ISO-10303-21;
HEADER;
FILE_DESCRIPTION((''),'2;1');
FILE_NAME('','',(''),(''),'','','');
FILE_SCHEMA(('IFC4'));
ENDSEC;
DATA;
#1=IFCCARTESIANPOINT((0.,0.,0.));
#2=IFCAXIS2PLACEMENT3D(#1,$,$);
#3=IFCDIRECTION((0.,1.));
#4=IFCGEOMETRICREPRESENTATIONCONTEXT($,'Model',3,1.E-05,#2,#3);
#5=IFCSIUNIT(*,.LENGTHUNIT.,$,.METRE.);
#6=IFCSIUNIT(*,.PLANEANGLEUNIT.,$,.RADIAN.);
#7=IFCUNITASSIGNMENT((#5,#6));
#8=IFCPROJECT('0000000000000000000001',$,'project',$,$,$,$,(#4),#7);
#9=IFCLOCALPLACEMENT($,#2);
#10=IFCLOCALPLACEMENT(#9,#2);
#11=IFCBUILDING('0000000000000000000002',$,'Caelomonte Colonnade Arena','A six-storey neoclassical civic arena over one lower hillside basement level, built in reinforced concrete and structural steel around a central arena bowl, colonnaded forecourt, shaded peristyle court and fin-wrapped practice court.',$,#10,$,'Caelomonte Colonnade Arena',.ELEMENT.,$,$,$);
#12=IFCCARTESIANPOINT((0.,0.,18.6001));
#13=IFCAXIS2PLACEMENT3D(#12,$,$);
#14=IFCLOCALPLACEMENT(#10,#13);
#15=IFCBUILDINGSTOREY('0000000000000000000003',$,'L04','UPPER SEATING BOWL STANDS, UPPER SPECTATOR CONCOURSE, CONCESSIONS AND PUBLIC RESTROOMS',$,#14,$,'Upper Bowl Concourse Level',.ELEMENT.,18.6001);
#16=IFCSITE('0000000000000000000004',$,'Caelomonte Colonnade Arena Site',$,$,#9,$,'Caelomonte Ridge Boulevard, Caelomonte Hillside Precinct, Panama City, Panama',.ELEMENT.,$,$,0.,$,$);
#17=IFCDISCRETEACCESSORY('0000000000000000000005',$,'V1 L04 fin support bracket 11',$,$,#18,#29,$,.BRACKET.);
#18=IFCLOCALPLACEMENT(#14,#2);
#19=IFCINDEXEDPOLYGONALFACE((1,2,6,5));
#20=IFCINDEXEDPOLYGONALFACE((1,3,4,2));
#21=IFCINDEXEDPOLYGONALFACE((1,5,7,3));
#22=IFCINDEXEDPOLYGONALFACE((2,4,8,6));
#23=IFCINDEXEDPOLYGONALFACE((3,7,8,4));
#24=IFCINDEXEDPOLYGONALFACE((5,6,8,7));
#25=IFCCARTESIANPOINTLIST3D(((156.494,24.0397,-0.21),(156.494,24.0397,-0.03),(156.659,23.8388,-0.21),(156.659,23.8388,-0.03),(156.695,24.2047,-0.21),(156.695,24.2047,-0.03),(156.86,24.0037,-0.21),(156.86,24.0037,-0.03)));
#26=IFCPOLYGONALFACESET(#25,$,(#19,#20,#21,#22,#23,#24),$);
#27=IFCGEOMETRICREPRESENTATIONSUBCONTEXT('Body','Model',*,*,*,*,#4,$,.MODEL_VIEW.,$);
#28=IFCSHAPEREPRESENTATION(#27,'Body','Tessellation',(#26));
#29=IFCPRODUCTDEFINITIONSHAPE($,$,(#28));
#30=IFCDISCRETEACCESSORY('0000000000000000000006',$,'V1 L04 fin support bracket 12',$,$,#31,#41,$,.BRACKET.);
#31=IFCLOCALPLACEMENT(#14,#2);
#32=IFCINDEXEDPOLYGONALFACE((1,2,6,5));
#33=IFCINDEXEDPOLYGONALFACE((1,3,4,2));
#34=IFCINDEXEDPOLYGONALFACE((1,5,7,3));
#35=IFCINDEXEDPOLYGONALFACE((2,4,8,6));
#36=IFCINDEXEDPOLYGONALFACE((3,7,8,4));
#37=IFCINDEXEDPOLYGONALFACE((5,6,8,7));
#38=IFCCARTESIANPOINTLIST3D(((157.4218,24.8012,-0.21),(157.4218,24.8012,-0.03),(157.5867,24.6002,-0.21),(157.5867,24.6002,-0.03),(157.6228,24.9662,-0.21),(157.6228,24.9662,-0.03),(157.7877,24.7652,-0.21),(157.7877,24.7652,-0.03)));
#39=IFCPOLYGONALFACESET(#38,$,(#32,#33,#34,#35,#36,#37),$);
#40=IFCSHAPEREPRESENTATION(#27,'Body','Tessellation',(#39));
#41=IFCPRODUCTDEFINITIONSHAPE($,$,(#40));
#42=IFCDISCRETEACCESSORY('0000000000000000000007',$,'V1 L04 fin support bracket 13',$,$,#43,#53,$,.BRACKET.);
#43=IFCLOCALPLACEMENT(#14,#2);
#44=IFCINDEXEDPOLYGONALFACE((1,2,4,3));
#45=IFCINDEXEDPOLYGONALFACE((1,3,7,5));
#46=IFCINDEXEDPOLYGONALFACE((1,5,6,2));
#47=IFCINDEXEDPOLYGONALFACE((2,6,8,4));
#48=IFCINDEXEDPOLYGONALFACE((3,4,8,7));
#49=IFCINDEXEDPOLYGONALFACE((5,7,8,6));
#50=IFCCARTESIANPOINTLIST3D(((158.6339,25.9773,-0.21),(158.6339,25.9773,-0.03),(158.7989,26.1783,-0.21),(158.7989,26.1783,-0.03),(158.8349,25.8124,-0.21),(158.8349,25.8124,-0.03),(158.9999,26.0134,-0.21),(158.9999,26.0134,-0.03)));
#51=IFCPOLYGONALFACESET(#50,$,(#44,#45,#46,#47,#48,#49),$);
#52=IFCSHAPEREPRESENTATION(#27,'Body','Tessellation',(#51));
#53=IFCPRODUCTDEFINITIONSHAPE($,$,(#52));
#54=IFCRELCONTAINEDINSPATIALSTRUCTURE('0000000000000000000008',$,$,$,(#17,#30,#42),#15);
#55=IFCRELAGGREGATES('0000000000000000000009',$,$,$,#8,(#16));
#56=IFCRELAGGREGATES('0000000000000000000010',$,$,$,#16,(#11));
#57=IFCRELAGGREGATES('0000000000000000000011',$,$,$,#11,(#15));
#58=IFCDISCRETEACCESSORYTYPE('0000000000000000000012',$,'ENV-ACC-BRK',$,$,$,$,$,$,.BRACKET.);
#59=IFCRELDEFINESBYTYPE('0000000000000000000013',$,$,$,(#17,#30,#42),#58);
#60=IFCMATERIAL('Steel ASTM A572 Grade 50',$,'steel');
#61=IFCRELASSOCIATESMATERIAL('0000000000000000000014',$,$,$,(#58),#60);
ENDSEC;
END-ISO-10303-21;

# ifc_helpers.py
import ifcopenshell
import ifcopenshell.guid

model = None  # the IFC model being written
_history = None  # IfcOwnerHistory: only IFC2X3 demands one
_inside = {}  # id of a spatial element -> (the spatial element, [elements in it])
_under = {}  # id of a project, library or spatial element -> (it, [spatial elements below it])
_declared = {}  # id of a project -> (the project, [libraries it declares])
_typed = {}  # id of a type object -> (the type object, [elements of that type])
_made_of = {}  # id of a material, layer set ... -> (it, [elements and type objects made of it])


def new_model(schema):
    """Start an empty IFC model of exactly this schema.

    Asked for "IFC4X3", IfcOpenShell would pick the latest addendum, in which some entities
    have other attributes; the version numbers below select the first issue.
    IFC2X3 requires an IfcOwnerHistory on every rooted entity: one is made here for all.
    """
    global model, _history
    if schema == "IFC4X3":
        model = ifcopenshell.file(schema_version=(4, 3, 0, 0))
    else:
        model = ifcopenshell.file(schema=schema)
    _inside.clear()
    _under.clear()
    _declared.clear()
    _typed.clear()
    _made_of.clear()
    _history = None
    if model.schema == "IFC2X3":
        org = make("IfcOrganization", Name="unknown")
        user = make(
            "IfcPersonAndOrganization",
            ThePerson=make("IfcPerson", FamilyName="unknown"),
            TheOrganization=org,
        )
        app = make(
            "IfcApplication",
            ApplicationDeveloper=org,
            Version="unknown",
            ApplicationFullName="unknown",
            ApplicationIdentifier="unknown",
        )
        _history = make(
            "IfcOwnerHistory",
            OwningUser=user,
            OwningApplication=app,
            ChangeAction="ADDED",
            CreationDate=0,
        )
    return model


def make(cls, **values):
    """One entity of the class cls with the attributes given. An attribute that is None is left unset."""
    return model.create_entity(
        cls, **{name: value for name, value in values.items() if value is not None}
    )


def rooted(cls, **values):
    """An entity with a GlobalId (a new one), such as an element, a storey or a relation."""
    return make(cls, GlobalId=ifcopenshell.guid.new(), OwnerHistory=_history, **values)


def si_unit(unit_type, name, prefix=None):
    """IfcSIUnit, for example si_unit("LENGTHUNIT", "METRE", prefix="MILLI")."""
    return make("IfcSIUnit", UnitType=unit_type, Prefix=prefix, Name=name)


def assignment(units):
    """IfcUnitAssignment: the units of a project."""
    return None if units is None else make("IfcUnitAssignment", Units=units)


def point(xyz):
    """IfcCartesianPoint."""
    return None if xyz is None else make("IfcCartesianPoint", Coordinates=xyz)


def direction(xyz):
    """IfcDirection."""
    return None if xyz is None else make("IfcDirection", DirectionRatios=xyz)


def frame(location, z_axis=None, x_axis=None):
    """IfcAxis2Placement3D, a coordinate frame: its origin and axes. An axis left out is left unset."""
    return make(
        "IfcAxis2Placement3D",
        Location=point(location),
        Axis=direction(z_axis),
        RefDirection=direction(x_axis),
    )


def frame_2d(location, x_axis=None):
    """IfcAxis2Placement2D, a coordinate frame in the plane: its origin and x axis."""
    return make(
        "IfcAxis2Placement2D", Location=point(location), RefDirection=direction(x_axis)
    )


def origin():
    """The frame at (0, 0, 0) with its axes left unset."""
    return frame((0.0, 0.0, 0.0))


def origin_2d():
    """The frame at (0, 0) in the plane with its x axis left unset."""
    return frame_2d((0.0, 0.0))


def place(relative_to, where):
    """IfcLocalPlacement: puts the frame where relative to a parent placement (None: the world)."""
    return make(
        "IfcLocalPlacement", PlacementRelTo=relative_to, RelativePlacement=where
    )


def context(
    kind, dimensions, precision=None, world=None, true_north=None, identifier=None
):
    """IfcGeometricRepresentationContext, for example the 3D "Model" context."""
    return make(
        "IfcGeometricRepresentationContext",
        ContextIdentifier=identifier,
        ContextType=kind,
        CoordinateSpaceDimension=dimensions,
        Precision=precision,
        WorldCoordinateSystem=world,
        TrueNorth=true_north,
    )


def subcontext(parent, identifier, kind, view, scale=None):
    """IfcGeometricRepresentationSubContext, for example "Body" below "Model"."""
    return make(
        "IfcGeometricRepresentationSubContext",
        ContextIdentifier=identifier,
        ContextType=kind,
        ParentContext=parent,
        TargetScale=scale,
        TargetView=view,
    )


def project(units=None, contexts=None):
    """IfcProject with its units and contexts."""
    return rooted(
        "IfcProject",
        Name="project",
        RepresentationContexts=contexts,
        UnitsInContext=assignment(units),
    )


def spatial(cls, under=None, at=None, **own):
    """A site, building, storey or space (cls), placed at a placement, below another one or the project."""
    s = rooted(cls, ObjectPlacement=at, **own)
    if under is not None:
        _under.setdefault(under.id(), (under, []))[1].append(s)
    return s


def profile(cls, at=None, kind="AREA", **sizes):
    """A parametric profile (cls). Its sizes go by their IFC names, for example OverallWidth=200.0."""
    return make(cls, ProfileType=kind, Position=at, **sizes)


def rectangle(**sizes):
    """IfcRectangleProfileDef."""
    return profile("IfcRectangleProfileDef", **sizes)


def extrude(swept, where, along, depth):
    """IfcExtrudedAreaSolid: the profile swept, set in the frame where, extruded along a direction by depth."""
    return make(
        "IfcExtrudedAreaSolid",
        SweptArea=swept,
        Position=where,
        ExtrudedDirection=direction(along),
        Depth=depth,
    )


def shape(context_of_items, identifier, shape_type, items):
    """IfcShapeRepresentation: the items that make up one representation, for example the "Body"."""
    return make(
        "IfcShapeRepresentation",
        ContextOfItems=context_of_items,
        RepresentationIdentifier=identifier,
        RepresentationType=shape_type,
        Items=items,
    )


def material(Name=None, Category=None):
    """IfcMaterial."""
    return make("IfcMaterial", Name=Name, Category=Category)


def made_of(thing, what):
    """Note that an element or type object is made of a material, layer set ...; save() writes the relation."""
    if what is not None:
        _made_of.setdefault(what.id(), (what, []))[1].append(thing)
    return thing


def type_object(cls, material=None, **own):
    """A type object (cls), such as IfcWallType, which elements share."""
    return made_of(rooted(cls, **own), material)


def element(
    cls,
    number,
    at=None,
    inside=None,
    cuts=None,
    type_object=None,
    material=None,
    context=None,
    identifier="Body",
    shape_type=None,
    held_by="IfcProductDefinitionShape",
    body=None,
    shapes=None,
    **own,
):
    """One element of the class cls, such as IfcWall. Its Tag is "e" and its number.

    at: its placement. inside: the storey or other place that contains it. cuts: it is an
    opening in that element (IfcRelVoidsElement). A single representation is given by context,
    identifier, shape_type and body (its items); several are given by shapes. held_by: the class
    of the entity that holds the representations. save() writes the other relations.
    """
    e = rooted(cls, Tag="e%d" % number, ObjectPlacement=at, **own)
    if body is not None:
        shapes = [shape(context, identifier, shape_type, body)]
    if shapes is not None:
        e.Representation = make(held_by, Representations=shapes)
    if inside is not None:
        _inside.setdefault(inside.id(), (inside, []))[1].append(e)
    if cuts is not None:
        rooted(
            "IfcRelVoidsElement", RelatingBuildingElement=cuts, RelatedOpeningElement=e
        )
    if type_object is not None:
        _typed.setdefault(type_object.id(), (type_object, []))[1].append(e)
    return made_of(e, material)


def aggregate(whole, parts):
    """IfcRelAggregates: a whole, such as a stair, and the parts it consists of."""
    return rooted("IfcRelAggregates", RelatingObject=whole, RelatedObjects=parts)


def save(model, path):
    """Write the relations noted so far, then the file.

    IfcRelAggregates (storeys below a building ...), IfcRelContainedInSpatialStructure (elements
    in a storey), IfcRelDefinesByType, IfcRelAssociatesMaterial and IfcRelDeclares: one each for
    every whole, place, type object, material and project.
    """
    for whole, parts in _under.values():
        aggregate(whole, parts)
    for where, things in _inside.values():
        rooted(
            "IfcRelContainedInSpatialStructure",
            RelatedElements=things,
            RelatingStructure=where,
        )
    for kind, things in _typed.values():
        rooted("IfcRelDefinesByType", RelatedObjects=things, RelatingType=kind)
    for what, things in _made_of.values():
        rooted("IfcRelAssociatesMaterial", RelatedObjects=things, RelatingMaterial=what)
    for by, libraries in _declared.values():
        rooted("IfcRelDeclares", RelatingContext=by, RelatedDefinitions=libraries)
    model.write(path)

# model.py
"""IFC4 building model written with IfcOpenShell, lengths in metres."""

from ifc_helpers import new_model, si_unit, direction, frame, origin, origin_2d, place, context, subcontext, project, spatial, rectangle, extrude, material, type_object, element, save


model = new_model("IFC4")

# Units and contexts
model_context = context("Model", 3, precision=1e-05, world=origin(), true_north=direction((0.0, 1.0)))
body_context = subcontext(model_context, "Body", "Model", "MODEL_VIEW")
ifc_project = project(units=[si_unit("LENGTHUNIT", "METRE"), si_unit("PLANEANGLEUNIT", "RADIAN")], contexts=[model_context])

# Site, building, storey
site_placement = place(None, origin())
site = spatial("IfcSite", under=ifc_project, at=site_placement, Name="Caelomonte Colonnade Arena Site", LongName="Caelomonte Ridge Boulevard, Caelomonte Hillside Precinct, Panama City, Panama", CompositionType="ELEMENT", RefElevation=0.0)
building_placement = place(site_placement, origin())
building = spatial("IfcBuilding", under=site, at=building_placement, Name="Caelomonte Colonnade Arena", Description="A six-storey neoclassical civic arena over one lower hillside basement level, built in reinforced concrete and structural steel around a central arena bowl, colonnaded forecourt, shaded peristyle court and fin-wrapped practice court.", LongName="Caelomonte Colonnade Arena", CompositionType="ELEMENT")
storey_placement = place(building_placement, frame((0.0, 0.0, 18.6001)))
storey = spatial("IfcBuildingStorey", under=building, at=storey_placement, Name="L04", Description="UPPER SEATING BOWL STANDS, UPPER SPECTATOR CONCOURSE, CONCESSIONS AND PUBLIC RESTROOMS", LongName="Upper Bowl Concourse Level", CompositionType="ELEMENT", Elevation=18.6001)

# Discrete accessories
ifc_material_1 = material(Name="Steel ASTM A572 Grade 50", Category="steel")
discrete_accessory_type = type_object("IfcDiscreteAccessoryType", Name="ENV-ACC-BRK", PredefinedType="BRACKET", material=ifc_material_1)
for number, where, z_axis, x_axis, name in (
    (1, (156.677, 24.0217, -0.21), (0.0, 0.0, 1.0), (0.772994, 0.634414, 0.0), "V1 L04 fin support bracket 11"),
    (2, (157.6047, 24.7832, -0.21), (0.0, 0.0, 1.0), (0.772994, 0.634414, 0.0), "V1 L04 fin support bracket 12"),
    (3, (158.8169, 25.9954, -0.21), (0.0, 0.0, 1.0), (0.634414, 0.772994, 0.0), "V1 L04 fin support bracket 13"),
):
    element("IfcDiscreteAccessory", number, at=place(storey_placement, frame(where, z_axis=z_axis, x_axis=x_axis)), inside=storey, type_object=discrete_accessory_type, Name=name, PredefinedType="BRACKET", context=body_context, shape_type="SweptSolid", body=[
        extrude(rectangle(XDim=0.26, YDim=0.26, at=origin_2d()), origin(), (0.0, 0.0, 1.0), 0.1799),
    ])

save(model, "model.ifc")
